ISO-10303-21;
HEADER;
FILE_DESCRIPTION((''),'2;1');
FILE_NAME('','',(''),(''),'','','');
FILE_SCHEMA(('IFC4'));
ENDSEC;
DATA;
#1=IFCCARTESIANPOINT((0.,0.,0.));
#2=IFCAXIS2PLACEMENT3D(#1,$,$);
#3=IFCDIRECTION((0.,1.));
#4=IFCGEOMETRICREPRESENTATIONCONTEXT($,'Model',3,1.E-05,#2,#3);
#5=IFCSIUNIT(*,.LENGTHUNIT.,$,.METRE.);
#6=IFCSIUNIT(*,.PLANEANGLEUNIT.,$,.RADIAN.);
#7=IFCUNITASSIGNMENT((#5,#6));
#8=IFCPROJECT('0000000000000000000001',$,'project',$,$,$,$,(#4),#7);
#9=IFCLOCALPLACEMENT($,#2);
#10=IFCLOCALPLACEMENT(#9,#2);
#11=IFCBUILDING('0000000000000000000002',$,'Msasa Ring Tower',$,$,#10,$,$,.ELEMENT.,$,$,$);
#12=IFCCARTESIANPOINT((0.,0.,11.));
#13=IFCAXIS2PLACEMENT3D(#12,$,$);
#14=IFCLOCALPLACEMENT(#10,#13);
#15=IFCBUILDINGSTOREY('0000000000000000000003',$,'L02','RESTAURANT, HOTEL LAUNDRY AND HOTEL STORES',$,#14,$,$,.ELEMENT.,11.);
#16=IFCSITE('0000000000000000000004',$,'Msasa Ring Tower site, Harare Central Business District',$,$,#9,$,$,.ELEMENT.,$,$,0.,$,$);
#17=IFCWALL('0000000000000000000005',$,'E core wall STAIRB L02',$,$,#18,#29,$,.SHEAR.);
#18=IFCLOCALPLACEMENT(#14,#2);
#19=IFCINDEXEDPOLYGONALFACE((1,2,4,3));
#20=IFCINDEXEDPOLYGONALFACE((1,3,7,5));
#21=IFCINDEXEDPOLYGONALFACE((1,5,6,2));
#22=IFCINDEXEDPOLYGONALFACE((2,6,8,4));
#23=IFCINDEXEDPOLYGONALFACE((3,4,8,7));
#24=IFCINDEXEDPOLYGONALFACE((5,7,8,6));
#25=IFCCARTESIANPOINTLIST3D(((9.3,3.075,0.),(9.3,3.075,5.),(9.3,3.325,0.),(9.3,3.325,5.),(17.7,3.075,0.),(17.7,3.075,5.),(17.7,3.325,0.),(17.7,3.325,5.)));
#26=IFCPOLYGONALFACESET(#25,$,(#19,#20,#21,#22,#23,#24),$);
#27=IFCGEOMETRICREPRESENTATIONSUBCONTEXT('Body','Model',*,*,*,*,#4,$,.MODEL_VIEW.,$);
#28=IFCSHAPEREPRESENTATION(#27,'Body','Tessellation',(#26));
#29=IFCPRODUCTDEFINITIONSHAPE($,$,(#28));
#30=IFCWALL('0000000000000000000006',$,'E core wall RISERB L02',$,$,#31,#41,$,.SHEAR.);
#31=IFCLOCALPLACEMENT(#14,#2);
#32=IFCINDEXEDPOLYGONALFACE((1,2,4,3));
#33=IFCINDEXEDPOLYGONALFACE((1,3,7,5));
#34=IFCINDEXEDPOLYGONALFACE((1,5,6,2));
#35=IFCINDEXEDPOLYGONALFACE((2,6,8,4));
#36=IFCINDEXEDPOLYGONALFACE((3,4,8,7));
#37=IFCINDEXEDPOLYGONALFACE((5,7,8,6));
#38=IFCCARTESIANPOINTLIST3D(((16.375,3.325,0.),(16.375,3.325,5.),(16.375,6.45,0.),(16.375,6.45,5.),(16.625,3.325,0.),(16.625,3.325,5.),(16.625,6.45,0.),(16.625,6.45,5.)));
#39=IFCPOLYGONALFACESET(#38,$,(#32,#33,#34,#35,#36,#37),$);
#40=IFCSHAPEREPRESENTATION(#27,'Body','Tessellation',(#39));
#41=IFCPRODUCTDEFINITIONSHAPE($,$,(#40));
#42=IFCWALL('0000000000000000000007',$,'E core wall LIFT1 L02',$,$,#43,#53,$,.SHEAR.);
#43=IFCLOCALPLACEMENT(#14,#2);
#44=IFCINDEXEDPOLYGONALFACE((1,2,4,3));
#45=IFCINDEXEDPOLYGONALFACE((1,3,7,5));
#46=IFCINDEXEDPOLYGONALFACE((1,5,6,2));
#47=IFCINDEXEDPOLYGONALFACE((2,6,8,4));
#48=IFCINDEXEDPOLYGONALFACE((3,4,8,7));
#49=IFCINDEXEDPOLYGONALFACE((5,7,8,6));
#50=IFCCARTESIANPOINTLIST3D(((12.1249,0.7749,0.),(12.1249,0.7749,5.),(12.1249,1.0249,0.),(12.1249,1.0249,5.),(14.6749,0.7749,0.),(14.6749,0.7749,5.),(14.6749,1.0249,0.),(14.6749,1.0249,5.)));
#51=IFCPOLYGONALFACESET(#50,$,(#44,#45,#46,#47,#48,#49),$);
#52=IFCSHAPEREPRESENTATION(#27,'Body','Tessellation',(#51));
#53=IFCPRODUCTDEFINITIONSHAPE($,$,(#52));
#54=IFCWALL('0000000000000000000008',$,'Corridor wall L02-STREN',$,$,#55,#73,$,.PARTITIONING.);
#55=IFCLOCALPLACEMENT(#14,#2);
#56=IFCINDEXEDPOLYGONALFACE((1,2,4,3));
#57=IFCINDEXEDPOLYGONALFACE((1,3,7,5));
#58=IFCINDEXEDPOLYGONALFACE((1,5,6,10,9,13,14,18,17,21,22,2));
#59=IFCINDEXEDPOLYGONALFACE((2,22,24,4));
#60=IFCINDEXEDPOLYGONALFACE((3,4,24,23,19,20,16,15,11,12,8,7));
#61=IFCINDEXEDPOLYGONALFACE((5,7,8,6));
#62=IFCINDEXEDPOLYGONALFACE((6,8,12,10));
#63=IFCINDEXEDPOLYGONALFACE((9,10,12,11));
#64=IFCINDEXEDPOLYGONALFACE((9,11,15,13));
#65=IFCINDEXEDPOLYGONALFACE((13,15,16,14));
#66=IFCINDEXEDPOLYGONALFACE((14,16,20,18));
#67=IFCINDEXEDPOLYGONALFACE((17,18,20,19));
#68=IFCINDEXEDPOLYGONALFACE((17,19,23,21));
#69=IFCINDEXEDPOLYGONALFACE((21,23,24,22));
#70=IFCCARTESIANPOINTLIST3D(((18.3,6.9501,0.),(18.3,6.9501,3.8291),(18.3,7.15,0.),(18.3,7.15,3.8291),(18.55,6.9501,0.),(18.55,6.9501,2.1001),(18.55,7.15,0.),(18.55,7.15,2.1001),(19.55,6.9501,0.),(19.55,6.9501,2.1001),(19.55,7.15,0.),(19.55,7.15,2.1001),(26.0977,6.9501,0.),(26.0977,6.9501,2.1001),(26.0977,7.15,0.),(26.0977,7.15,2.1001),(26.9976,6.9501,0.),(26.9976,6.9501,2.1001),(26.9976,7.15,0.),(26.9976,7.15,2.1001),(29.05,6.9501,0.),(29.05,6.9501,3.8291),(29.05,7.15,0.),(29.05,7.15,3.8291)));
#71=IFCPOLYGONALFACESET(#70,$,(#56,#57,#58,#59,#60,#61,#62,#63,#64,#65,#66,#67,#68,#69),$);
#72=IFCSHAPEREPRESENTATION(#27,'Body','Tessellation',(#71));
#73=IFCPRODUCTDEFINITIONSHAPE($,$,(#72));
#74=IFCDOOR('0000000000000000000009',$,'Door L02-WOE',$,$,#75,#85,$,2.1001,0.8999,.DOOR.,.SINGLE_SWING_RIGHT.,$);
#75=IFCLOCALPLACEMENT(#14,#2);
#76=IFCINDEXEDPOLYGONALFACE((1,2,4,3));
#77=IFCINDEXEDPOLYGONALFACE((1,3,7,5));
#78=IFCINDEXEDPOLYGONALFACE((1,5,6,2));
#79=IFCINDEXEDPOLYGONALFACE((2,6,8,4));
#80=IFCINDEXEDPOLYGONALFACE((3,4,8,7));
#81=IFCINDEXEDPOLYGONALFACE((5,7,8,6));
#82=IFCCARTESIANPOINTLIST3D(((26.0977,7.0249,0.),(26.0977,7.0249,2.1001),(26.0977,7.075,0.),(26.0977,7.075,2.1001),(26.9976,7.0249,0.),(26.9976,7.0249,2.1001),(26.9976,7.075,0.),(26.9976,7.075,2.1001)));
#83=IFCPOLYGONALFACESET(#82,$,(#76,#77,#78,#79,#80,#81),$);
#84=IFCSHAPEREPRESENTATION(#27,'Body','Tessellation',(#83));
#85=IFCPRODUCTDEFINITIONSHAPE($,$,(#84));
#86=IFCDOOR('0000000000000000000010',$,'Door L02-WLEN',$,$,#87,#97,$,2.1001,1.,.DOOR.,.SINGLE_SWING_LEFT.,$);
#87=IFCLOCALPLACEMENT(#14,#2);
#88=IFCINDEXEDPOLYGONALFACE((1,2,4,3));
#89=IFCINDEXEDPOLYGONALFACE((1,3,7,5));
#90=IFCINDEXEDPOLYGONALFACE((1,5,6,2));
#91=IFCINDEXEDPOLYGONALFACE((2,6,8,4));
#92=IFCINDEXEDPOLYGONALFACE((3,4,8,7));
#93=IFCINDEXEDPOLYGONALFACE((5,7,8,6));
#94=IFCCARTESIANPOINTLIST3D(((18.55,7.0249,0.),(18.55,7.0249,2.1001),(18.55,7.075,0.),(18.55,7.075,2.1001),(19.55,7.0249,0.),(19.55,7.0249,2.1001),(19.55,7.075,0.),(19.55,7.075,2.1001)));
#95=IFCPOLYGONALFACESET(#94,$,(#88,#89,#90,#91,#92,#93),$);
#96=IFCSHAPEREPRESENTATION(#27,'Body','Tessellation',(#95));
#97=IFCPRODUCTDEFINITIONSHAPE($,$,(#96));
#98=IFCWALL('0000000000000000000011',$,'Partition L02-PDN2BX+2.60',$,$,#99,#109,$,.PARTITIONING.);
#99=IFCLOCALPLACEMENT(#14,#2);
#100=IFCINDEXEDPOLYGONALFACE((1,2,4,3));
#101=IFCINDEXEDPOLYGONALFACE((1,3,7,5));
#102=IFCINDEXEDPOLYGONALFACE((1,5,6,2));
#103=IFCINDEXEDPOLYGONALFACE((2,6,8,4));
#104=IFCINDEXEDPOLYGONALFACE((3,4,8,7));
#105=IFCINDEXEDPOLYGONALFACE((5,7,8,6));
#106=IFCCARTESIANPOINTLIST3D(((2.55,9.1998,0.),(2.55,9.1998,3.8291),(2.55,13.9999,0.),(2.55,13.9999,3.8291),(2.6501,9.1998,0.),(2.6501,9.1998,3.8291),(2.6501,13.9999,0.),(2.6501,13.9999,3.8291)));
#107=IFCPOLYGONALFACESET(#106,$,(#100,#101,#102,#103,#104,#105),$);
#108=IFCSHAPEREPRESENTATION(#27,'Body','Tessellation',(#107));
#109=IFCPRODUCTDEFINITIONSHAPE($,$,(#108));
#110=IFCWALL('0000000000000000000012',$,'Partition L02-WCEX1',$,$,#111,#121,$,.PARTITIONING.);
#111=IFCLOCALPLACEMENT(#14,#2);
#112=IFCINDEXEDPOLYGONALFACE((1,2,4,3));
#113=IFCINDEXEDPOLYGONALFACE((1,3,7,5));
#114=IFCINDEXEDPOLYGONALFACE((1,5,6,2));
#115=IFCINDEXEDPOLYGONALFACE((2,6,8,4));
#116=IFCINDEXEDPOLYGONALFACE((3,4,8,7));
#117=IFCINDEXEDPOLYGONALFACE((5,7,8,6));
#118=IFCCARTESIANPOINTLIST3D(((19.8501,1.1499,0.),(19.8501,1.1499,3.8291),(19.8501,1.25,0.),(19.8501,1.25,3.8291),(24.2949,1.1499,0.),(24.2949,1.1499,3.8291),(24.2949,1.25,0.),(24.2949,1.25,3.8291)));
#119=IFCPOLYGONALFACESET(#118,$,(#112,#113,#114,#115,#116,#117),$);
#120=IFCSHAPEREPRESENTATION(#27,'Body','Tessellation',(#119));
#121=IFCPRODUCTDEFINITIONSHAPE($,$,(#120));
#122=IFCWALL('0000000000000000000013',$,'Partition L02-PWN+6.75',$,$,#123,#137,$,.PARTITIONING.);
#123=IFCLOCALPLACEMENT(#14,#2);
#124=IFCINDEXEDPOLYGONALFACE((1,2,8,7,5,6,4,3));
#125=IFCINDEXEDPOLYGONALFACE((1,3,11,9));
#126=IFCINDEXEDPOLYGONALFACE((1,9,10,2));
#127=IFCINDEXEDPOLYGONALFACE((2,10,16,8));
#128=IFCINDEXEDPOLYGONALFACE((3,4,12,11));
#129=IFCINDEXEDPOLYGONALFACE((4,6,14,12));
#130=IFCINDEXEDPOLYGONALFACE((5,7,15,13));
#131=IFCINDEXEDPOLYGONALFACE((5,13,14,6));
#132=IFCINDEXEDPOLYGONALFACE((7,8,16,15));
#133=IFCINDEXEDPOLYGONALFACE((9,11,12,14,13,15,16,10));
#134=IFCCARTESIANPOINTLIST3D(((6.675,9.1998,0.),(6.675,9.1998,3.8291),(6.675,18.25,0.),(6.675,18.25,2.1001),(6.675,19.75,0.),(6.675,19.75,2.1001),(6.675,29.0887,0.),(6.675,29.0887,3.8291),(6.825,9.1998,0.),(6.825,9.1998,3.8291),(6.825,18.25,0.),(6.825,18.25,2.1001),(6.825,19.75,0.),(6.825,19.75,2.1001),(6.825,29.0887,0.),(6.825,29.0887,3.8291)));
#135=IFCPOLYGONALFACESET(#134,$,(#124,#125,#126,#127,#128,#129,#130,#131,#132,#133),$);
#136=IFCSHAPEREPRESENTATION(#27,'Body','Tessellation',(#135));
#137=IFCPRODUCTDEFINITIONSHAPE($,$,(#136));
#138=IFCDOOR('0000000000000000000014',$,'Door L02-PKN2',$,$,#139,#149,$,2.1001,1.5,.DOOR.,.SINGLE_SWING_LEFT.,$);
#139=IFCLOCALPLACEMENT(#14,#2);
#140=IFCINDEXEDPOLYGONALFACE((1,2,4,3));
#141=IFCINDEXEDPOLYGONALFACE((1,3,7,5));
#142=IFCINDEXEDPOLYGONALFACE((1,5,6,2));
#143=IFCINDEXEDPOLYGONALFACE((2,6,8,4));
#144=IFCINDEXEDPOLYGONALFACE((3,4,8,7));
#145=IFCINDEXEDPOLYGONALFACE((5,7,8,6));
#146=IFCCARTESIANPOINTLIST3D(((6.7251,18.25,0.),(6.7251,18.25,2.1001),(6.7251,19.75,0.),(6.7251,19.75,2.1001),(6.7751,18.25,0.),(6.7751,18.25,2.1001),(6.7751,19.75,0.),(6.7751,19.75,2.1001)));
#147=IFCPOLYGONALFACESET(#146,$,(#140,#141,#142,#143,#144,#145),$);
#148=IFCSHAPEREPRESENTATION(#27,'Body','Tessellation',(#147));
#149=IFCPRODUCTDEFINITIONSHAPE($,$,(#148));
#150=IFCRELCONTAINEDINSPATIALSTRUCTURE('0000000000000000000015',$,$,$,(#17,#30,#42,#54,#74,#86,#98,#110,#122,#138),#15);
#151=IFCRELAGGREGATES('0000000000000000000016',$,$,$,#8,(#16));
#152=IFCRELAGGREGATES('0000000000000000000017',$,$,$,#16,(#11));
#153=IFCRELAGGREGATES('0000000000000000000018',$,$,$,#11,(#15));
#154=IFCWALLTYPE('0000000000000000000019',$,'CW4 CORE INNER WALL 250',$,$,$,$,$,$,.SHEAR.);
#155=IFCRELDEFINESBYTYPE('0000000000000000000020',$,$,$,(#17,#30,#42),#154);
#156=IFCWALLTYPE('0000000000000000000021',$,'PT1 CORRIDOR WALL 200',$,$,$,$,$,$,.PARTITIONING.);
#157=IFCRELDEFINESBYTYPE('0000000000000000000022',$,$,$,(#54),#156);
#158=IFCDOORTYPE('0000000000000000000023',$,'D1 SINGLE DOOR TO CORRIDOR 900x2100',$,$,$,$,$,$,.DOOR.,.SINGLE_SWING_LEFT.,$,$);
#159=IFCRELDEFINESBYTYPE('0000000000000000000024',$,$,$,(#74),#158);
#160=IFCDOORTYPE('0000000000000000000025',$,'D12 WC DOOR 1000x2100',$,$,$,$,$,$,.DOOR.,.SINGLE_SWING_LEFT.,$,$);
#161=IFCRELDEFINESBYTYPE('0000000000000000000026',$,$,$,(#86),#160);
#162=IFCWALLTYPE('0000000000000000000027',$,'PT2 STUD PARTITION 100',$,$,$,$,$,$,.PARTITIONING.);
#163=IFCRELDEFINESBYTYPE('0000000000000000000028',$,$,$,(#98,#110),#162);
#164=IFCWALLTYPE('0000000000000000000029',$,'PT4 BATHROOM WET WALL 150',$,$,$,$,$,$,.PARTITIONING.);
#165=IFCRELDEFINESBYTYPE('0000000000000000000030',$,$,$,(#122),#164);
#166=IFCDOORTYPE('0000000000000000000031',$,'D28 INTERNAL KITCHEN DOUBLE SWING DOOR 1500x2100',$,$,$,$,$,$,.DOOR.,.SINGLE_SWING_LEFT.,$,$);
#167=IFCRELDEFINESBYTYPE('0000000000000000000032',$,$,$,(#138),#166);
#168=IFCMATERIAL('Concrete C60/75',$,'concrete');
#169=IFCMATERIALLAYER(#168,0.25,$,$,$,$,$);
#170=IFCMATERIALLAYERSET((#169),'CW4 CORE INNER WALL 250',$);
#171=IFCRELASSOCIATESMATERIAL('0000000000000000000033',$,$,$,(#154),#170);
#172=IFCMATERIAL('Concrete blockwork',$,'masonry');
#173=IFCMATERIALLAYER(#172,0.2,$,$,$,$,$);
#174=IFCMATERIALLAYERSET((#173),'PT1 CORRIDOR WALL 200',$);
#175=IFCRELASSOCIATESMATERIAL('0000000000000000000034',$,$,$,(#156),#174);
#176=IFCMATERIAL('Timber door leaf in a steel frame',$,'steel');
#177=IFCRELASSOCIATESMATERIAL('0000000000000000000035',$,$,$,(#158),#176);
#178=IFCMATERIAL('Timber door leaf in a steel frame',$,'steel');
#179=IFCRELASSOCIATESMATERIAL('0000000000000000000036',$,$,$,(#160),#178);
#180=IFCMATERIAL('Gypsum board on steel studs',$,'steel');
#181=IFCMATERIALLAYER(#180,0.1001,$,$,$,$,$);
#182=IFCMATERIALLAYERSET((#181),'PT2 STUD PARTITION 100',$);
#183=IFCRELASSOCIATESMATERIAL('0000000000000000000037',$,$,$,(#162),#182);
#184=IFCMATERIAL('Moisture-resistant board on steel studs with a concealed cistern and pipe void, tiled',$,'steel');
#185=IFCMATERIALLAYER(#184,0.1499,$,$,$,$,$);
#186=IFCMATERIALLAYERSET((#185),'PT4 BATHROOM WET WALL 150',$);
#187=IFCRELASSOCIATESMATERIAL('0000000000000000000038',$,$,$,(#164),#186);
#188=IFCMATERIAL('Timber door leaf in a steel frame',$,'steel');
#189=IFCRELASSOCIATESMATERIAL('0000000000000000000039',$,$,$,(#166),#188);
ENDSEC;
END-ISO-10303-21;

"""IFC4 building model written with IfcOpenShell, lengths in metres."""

from ifc_helpers import new_model, si_unit, direction, frame, frame_2d, origin, place, context, subcontext, project, spatial, rectangle, extrude, material, layer, layer_set, type_object, element, fill, save


model = new_model("IFC4")

# Units and contexts
model_context = context("Model", 3, precision=1e-05, world=origin(), true_north=direction((0.0, 1.0)))
body_context = subcontext(model_context, "Body", "Model", "MODEL_VIEW")
ifc_project = project(units=[si_unit("LENGTHUNIT", "METRE"), si_unit("PLANEANGLEUNIT", "RADIAN")], contexts=[model_context])

# Site, building, storey
site_placement = place(None, origin())
site = spatial("IfcSite", under=ifc_project, at=site_placement, Name="Msasa Ring Tower site, Harare Central Business District", CompositionType="ELEMENT", RefElevation=0.0)
building_placement = place(site_placement, origin())
building = spatial("IfcBuilding", under=site, at=building_placement, Name="Msasa Ring Tower", CompositionType="ELEMENT")
storey_placement = place(building_placement, frame((0.0, 0.0, 11.0)))
storey = spatial("IfcBuildingStorey", under=building, at=storey_placement, Name="L02", Description="RESTAURANT, HOTEL LAUNDRY AND HOTEL STORES", CompositionType="ELEMENT", Elevation=11.0)

# Walls
ifc_material_1 = material(Name="Concrete C60/75", Category="concrete")
ifc_layer_1 = layer(ifc_material_1, 0.25)
ifc_layer_set_1 = layer_set([ifc_layer_1], Name="CW4 CORE INNER WALL 250")
wall_type_1 = type_object("IfcWallType", Name="CW4 CORE INNER WALL 250", PredefinedType="SHEAR", material=ifc_layer_set_1)
wall_1_placement = place(storey_placement, frame((9.3, 3.2, 0.0), z_axis=(0.0, 0.0, 1.0), x_axis=(1.0, 0.0, 0.0)))
element("IfcWall", 1, at=wall_1_placement, inside=storey, type_object=wall_type_1, Name="E core wall STAIRB L02", PredefinedType="SHEAR", context=body_context, shape_type="SweptSolid", body=[
    extrude(rectangle(XDim=8.3999, YDim=0.25, at=frame_2d((4.2, 0.0))), origin(), (0.0, 0.0, 1.0), 5.0),
])
wall_2_placement = place(storey_placement, frame((16.5, 3.325, 0.0), z_axis=(0.0, 0.0, 1.0), x_axis=(0.0, 1.0, 0.0)))
element("IfcWall", 2, at=wall_2_placement, inside=storey, type_object=wall_type_1, Name="E core wall RISERB L02", PredefinedType="SHEAR", context=body_context, shape_type="SweptSolid", body=[
    extrude(rectangle(XDim=3.125, YDim=0.25, at=frame_2d((1.5625, 0.0))), origin(), (0.0, 0.0, 1.0), 5.0),
])
wall_3_placement = place(storey_placement, frame((12.125, 0.8999, 0.0), z_axis=(0.0, 0.0, 1.0), x_axis=(1.0, 0.0, 0.0)))
element("IfcWall", 3, at=wall_3_placement, inside=storey, type_object=wall_type_1, Name="E core wall LIFT1 L02", PredefinedType="SHEAR", context=body_context, shape_type="SweptSolid", body=[
    extrude(rectangle(XDim=2.55, YDim=0.25, at=frame_2d((1.2749, 0.0))), origin(), (0.0, 0.0, 1.0), 5.0),
])

# Wall, openings, doors
ifc_material_2 = material(Name="Concrete blockwork", Category="masonry")
ifc_layer_2 = layer(ifc_material_2, 0.2)
ifc_layer_set_2 = layer_set([ifc_layer_2], Name="PT1 CORRIDOR WALL 200")
wall_type_2 = type_object("IfcWallType", Name="PT1 CORRIDOR WALL 200", PredefinedType="PARTITIONING", material=ifc_layer_set_2)
wall_4_placement = place(storey_placement, frame((18.3, 7.05, 0.0), z_axis=(0.0, 0.0, 1.0), x_axis=(1.0, 0.0, 0.0)))
wall_4 = element("IfcWall", 4, at=wall_4_placement, inside=storey, type_object=wall_type_2, Name="Corridor wall L02-STREN", PredefinedType="PARTITIONING", context=body_context, shape_type="SweptSolid", body=[
    extrude(rectangle(XDim=10.75, YDim=0.2, at=frame_2d((5.375, 0.0))), origin(), (0.0, 0.0, 1.0), 3.8291),
])
opening_1_placement = place(wall_4_placement, frame((7.7976, 0.0, 0.0)))
opening_1 = element("IfcOpeningElement", 5, at=opening_1_placement, cuts=wall_4, PredefinedType="OPENING", context=body_context, shape_type="SweptSolid", body=[
    extrude(rectangle(XDim=0.8999, YDim=2.1001, at=frame_2d((0.45, 1.05))), frame((0.0, 0.1099, 0.0), z_axis=(0.0, -1.0, 0.0), x_axis=(1.0, 0.0, 0.0)), (0.0, 0.0, 1.0), 0.22),
])
opening_2_placement = place(wall_4_placement, frame((0.25, 0.0, 0.0)))
opening_2 = element("IfcOpeningElement", 6, at=opening_2_placement, cuts=wall_4, PredefinedType="OPENING", context=body_context, shape_type="SweptSolid", body=[
    extrude(rectangle(XDim=1.0, YDim=2.1001, at=frame_2d((0.5, 1.05))), frame((0.0, 0.1099, 0.0), z_axis=(0.0, -1.0, 0.0), x_axis=(1.0, 0.0, 0.0)), (0.0, 0.0, 1.0), 0.22),
])
ifc_material_3 = material(Name="Timber door leaf in a steel frame", Category="steel")
door_type_1 = type_object("IfcDoorType", Name="D1 SINGLE DOOR TO CORRIDOR 900x2100", OperationType="SINGLE_SWING_LEFT", PredefinedType="DOOR", material=ifc_material_3)
door_1_placement = place(opening_1_placement, origin())
door_1 = element("IfcDoor", 7, at=door_1_placement, inside=storey, type_object=door_type_1, Name="Door L02-WOE", OperationType="SINGLE_SWING_RIGHT", OverallHeight=2.1001, OverallWidth=0.8999, PredefinedType="DOOR", context=body_context, shape_type="SweptSolid", body=[
    extrude(rectangle(XDim=0.8999, YDim=2.1001, at=frame_2d((0.45, 1.05))), frame((0.0, 0.0249, 0.0), z_axis=(0.0, -1.0, 0.0), x_axis=(1.0, 0.0, 0.0)), (0.0, 0.0, 1.0), 0.05),
])
fill(opening_1, door_1)
ifc_material_4 = material(Name="Timber door leaf in a steel frame", Category="steel")
door_type_2 = type_object("IfcDoorType", Name="D12 WC DOOR 1000x2100", OperationType="SINGLE_SWING_LEFT", PredefinedType="DOOR", material=ifc_material_4)
door_2_placement = place(opening_2_placement, origin())
door_2 = element("IfcDoor", 8, at=door_2_placement, inside=storey, type_object=door_type_2, Name="Door L02-WLEN", OperationType="SINGLE_SWING_LEFT", OverallHeight=2.1001, OverallWidth=1.0, PredefinedType="DOOR", context=body_context, shape_type="SweptSolid", body=[
    extrude(rectangle(XDim=1.0, YDim=2.1001, at=frame_2d((0.5, 1.05))), frame((0.0, 0.0249, 0.0), z_axis=(0.0, -1.0, 0.0), x_axis=(1.0, 0.0, 0.0)), (0.0, 0.0, 1.0), 0.05),
])
fill(opening_2, door_2)

# Walls
ifc_material_5 = material(Name="Gypsum board on steel studs", Category="steel")
ifc_layer_3 = layer(ifc_material_5, 0.1001)
ifc_layer_set_3 = layer_set([ifc_layer_3], Name="PT2 STUD PARTITION 100")
wall_type_3 = type_object("IfcWallType", Name="PT2 STUD PARTITION 100", PredefinedType="PARTITIONING", material=ifc_layer_set_3)
wall_5_placement = place(storey_placement, frame((2.6001, 9.2, 0.0), z_axis=(0.0, 0.0, 1.0), x_axis=(0.0, 1.0, 0.0)))
element("IfcWall", 9, at=wall_5_placement, inside=storey, type_object=wall_type_3, Name="Partition L02-PDN2BX+2.60", PredefinedType="PARTITIONING", context=body_context, shape_type="SweptSolid", body=[
    extrude(rectangle(XDim=4.8, YDim=0.1001, at=frame_2d((2.3999, 0.0))), origin(), (0.0, 0.0, 1.0), 3.8291),
])
wall_6_placement = place(storey_placement, frame((19.8501, 1.2, 0.0), z_axis=(0.0, 0.0, 1.0), x_axis=(1.0, 0.0, 0.0)))
element("IfcWall", 10, at=wall_6_placement, inside=storey, type_object=wall_type_3, Name="Partition L02-WCEX1", PredefinedType="PARTITIONING", context=body_context, shape_type="SweptSolid", body=[
    extrude(rectangle(XDim=4.4448, YDim=0.1001, at=frame_2d((2.2224, 0.0))), origin(), (0.0, 0.0, 1.0), 3.8291),
])

# Wall, opening, door
ifc_material_6 = material(Name="Moisture-resistant board on steel studs with a concealed cistern and pipe void, tiled", Category="steel")
ifc_layer_4 = layer(ifc_material_6, 0.1499)
ifc_layer_set_4 = layer_set([ifc_layer_4], Name="PT4 BATHROOM WET WALL 150")
wall_type_4 = type_object("IfcWallType", Name="PT4 BATHROOM WET WALL 150", PredefinedType="PARTITIONING", material=ifc_layer_set_4)
wall_7_placement = place(storey_placement, frame((6.75, 9.2, 0.0), z_axis=(0.0, 0.0, 1.0), x_axis=(0.0, 1.0, 0.0)))
wall_7 = element("IfcWall", 11, at=wall_7_placement, inside=storey, type_object=wall_type_4, Name="Partition L02-PWN+6.75", PredefinedType="PARTITIONING", context=body_context, shape_type="SweptSolid", body=[
    extrude(rectangle(XDim=19.8889, YDim=0.1499, at=frame_2d((9.9443, 0.0))), origin(), (0.0, 0.0, 1.0), 3.8291),
])
opening_3_placement = place(wall_7_placement, frame((9.05, 0.0, 0.0)))
opening_3 = element("IfcOpeningElement", 12, at=opening_3_placement, cuts=wall_7, PredefinedType="OPENING", context=body_context, shape_type="SweptSolid", body=[
    extrude(rectangle(XDim=1.5, YDim=2.1001, at=frame_2d((0.75, 1.05))), frame((0.0, 0.085, 0.0), z_axis=(0.0, -1.0, 0.0), x_axis=(1.0, 0.0, 0.0)), (0.0, 0.0, 1.0), 0.1699),
])
ifc_material_7 = material(Name="Timber door leaf in a steel frame", Category="steel")
door_type_3 = type_object("IfcDoorType", Name="D28 INTERNAL KITCHEN DOUBLE SWING DOOR 1500x2100", OperationType="SINGLE_SWING_LEFT", PredefinedType="DOOR", material=ifc_material_7)
door_3_placement = place(opening_3_placement, origin())
door_3 = element("IfcDoor", 13, at=door_3_placement, inside=storey, type_object=door_type_3, Name="Door L02-PKN2", OperationType="SINGLE_SWING_LEFT", OverallHeight=2.1001, OverallWidth=1.5, PredefinedType="DOOR", context=body_context, shape_type="SweptSolid", body=[
    extrude(rectangle(XDim=1.5, YDim=2.1001, at=frame_2d((0.75, 1.05))), frame((0.0, 0.0249, 0.0), z_axis=(0.0, -1.0, 0.0), x_axis=(1.0, 0.0, 0.0)), (0.0, 0.0, 1.0), 0.05),
])
fill(opening_3, door_3)

save(model, "model.ifc")
